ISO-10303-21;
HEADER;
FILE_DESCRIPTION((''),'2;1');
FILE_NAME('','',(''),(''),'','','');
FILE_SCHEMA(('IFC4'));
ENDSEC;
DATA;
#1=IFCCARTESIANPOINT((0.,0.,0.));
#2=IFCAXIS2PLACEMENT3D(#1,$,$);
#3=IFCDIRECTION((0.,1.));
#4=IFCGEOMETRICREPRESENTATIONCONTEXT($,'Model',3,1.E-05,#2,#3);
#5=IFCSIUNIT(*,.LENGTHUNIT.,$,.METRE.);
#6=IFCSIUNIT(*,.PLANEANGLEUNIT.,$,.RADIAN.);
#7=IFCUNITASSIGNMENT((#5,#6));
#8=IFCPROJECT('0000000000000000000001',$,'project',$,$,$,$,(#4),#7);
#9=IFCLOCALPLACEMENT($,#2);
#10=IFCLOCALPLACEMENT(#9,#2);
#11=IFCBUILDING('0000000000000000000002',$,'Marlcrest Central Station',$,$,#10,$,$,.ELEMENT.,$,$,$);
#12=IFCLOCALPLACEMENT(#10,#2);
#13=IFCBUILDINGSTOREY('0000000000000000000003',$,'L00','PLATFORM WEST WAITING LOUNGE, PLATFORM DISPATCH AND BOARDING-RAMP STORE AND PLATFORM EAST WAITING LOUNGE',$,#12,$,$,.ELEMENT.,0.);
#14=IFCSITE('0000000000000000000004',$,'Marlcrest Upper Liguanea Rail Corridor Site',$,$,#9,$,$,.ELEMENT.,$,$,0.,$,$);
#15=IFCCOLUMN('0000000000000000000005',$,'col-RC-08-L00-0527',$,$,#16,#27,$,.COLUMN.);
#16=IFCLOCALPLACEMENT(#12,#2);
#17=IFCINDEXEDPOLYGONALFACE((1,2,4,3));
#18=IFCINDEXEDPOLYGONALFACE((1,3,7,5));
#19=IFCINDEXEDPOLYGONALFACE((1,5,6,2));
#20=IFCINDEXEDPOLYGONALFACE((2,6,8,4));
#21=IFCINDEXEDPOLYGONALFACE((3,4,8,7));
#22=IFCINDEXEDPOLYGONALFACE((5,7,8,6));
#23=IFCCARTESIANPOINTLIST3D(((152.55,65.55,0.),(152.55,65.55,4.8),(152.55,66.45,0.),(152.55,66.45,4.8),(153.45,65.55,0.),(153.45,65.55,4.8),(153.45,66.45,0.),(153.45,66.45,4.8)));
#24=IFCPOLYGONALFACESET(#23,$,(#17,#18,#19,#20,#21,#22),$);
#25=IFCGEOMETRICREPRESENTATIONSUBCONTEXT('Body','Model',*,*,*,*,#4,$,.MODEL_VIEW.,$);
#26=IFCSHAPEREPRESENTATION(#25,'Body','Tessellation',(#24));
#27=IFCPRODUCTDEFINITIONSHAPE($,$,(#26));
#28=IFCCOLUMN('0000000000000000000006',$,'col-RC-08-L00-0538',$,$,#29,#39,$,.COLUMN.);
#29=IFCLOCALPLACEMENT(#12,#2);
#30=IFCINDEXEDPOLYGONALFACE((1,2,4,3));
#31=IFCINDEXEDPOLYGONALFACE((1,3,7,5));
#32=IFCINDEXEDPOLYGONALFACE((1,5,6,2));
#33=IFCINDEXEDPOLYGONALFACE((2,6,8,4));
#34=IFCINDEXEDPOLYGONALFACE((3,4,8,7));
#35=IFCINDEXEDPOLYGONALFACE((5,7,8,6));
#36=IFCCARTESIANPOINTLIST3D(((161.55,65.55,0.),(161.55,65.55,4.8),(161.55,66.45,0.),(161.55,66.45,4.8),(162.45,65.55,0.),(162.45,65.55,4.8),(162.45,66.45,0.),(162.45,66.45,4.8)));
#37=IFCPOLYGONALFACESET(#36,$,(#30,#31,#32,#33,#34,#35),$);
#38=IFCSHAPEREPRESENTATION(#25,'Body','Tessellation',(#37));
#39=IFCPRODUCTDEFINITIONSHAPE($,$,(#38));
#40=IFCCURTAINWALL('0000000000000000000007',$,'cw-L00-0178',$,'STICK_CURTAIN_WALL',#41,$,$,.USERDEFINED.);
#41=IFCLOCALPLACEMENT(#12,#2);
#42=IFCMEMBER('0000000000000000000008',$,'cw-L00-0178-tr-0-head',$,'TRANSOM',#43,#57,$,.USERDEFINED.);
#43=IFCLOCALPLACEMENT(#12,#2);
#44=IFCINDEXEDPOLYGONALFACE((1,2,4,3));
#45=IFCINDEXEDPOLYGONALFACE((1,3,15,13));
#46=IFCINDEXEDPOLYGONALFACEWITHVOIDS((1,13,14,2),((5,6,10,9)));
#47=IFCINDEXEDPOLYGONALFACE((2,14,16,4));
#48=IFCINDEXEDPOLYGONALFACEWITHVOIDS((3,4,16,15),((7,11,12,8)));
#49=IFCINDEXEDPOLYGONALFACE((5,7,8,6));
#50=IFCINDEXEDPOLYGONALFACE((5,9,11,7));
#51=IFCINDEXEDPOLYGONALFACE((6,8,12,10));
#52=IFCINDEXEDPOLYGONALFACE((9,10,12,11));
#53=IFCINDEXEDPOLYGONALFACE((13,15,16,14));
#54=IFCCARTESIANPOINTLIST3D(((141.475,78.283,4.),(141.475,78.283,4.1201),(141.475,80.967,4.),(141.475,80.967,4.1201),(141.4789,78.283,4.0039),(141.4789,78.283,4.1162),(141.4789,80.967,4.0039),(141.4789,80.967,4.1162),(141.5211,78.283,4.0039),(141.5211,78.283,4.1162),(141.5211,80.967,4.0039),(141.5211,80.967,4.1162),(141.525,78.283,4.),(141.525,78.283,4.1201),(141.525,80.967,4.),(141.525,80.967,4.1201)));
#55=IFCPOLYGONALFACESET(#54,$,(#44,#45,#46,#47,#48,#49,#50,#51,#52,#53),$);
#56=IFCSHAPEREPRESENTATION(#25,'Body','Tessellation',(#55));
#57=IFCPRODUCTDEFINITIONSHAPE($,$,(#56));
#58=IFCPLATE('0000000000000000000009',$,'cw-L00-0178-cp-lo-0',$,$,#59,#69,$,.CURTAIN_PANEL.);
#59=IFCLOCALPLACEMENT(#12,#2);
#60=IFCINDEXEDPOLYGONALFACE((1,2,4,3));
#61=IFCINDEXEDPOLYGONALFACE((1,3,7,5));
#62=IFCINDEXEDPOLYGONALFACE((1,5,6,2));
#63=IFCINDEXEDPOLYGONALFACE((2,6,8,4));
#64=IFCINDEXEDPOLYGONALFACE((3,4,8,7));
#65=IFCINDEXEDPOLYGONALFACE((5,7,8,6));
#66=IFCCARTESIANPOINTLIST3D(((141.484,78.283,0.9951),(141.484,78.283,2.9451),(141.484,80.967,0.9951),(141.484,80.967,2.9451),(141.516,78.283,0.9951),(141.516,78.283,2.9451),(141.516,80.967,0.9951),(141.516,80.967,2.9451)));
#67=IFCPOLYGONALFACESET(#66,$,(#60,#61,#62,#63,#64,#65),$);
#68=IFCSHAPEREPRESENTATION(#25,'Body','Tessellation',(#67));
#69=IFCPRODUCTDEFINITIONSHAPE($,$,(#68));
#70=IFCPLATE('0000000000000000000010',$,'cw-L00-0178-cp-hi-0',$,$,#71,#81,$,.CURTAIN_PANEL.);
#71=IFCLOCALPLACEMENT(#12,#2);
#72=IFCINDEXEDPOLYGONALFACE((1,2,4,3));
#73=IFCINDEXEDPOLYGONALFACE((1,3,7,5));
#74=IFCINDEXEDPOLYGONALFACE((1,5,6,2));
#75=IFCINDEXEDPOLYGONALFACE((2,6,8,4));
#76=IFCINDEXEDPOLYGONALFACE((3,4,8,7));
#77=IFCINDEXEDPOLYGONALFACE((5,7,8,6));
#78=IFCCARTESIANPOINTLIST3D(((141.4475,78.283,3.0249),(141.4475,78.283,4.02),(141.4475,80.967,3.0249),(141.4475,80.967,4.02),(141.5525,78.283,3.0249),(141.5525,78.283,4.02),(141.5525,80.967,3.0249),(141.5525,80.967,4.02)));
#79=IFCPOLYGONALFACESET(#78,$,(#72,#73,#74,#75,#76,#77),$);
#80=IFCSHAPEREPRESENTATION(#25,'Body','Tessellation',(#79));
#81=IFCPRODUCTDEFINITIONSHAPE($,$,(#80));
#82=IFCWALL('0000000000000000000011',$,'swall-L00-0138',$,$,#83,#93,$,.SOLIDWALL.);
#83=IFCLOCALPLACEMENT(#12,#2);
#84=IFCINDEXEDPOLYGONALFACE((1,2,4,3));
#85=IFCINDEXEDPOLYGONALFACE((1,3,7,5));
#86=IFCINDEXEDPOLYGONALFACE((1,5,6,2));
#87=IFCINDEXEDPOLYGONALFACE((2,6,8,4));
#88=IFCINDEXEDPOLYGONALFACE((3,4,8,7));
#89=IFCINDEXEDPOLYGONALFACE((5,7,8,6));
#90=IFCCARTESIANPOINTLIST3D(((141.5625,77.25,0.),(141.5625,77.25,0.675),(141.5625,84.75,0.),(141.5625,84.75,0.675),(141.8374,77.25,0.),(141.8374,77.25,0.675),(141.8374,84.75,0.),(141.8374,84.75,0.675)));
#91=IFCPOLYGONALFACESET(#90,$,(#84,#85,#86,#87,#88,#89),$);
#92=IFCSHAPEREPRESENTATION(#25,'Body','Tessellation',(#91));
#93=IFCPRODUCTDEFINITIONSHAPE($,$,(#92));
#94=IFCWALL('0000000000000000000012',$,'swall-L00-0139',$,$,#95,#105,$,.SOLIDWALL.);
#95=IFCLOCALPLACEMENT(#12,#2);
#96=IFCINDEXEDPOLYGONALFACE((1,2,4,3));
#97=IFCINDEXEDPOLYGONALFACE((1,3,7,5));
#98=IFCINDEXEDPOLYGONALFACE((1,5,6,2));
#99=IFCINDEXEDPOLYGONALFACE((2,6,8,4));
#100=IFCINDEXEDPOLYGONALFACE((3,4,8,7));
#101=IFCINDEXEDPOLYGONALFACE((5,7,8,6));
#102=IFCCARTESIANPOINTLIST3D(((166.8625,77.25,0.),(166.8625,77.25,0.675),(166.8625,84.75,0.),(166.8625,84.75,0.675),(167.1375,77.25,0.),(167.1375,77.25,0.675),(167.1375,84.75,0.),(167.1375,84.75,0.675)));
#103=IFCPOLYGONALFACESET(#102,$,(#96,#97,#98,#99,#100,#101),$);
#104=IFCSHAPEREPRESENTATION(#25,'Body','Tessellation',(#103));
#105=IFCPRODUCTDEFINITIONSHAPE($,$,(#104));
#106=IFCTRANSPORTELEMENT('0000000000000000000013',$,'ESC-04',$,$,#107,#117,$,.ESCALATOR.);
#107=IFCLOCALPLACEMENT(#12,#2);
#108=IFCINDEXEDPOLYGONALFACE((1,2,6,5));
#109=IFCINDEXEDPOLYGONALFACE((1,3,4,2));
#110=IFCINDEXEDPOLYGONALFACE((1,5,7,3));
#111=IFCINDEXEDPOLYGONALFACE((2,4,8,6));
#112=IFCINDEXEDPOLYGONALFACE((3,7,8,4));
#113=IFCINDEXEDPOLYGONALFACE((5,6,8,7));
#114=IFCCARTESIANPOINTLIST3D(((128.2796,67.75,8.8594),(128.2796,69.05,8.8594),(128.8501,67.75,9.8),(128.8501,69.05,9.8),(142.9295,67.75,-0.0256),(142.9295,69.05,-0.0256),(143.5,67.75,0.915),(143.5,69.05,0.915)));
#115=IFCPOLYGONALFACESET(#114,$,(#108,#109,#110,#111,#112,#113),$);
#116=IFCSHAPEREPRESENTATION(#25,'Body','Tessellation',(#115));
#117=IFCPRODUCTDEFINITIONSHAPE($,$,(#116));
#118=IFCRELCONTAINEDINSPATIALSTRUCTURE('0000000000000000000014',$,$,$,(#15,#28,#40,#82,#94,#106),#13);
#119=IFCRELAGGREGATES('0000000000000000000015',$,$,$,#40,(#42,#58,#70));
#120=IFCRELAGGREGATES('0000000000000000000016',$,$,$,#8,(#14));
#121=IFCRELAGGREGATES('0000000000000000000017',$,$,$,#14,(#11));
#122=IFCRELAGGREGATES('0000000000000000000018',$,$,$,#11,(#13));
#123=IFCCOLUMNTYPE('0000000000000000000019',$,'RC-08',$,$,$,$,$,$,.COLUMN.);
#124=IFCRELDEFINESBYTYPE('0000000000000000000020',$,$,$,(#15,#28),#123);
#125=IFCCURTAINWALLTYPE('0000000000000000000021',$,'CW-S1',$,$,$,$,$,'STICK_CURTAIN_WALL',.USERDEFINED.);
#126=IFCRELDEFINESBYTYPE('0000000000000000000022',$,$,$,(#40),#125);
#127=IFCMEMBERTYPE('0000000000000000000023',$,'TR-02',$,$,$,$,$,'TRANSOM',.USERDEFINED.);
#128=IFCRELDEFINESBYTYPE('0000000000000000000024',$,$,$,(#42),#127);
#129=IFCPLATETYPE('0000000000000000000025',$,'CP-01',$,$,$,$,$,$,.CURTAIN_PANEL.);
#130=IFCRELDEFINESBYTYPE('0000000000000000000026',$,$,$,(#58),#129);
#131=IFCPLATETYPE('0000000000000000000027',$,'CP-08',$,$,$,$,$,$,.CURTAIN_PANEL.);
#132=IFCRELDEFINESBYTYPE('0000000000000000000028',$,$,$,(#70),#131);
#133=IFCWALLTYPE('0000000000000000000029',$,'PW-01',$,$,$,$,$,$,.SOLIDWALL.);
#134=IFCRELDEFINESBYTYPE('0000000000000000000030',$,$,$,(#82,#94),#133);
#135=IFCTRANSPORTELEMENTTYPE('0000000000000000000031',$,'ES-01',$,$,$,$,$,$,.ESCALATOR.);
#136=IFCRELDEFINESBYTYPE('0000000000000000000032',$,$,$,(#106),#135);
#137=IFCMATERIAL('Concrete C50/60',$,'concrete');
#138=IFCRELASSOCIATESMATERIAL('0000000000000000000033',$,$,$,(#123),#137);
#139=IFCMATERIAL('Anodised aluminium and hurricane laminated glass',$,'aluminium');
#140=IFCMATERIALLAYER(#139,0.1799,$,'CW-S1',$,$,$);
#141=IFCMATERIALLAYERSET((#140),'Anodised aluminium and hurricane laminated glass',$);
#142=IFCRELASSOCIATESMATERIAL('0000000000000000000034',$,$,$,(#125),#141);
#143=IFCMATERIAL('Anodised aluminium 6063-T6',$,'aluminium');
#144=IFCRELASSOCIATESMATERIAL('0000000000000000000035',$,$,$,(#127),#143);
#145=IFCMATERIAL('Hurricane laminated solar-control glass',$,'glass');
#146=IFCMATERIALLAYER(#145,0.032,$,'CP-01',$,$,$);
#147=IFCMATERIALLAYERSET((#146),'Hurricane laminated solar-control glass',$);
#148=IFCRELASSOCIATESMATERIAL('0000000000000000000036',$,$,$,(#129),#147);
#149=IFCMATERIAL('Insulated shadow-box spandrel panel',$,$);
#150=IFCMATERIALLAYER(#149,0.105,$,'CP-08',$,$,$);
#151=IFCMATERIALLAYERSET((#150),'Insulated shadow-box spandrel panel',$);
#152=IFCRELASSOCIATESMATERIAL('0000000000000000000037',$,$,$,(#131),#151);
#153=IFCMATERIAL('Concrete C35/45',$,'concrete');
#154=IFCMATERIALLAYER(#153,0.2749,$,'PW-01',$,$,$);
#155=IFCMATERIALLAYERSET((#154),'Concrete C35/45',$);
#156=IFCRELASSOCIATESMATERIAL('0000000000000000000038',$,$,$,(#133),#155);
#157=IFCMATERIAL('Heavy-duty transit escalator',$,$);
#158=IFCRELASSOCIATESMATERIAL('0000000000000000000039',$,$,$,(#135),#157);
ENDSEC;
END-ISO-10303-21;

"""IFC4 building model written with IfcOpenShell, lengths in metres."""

from ifc_helpers import new_model, si_unit, direction, frame, frame_2d, origin, origin_2d, place, context, subcontext, project, spatial, polyline, rectangle, hollow_rectangle, outline, extrude, material, layer, layer_set, material_profile, profile_set, type_object, element, aggregate, save


model = new_model("IFC4")

# Units and contexts
model_context = context("Model", 3, precision=1e-05, world=origin(), true_north=direction((0.0, 1.0)))
body_context = subcontext(model_context, "Body", "Model", "MODEL_VIEW")
ifc_project = project(units=[si_unit("LENGTHUNIT", "METRE"), si_unit("PLANEANGLEUNIT", "RADIAN")], contexts=[model_context])

# Site, building, storey
site_placement = place(None, origin())
site = spatial("IfcSite", under=ifc_project, at=site_placement, Name="Marlcrest Upper Liguanea Rail Corridor Site", CompositionType="ELEMENT", RefElevation=0.0)
building_placement = place(site_placement, origin())
building = spatial("IfcBuilding", under=site, at=building_placement, Name="Marlcrest Central Station", CompositionType="ELEMENT")
storey_placement = place(building_placement, origin())
storey = spatial("IfcBuildingStorey", under=building, at=storey_placement, Name="L00", Description="PLATFORM WEST WAITING LOUNGE, PLATFORM DISPATCH AND BOARDING-RAMP STORE AND PLATFORM EAST WAITING LOUNGE", CompositionType="ELEMENT", Elevation=0.0)

# Shared definitions
ifc_material_1 = material(Name="Concrete C35/45", Category="concrete")

# Columns
ifc_material_2 = material(Name="Concrete C50/60", Category="concrete")
ifc_material_profile_1 = material_profile(ifc_material_2, rectangle(XDim=0.8999, YDim=0.8999, at=origin_2d()), Name="RC 900x900")
ifc_profile_set_1 = profile_set([ifc_material_profile_1], Name="Concrete C50/60")
column_type = type_object("IfcColumnType", Name="RC-08", PredefinedType="COLUMN", material=ifc_profile_set_1)
for number, where, z_axis, x_axis, name in (
    (1, (153.0, 66.0, 0.0), (0.0, 0.0, 1.0), (1.0, 0.0, 0.0), "col-RC-08-L00-0527"),
    (2, (162.0, 66.0, 0.0), (0.0, 0.0, 1.0), (1.0, 0.0, 0.0), "col-RC-08-L00-0538"),
):
    element("IfcColumn", number, at=place(storey_placement, frame(where, z_axis=z_axis, x_axis=x_axis)), inside=storey, type_object=column_type, Name=name, PredefinedType="COLUMN", context=body_context, shape_type="SweptSolid", body=[
        extrude(rectangle(XDim=0.8999, YDim=0.8999, at=origin_2d()), origin(), (0.0, 0.0, 1.0), 4.8),
    ])

# Curtain wall, member, plates
ifc_material_3 = material(Name="Anodised aluminium and hurricane laminated glass", Category="aluminium")
ifc_layer_1 = layer(ifc_material_3, 0.1799, Name="CW-S1")
ifc_layer_set_1 = layer_set([ifc_layer_1], Name="Anodised aluminium and hurricane laminated glass")
curtain_wall_type = type_object("IfcCurtainWallType", Name="CW-S1", ElementType="STICK_CURTAIN_WALL", PredefinedType="USERDEFINED", material=ifc_layer_set_1)
curtain_wall_placement = place(storey_placement, origin())
curtain_wall = element("IfcCurtainWall", 3, at=curtain_wall_placement, inside=storey, type_object=curtain_wall_type, Name="cw-L00-0178", ObjectType="STICK_CURTAIN_WALL", PredefinedType="USERDEFINED")
ifc_material_4 = material(Name="Anodised aluminium 6063-T6", Category="aluminium")
ifc_material_profile_2 = material_profile(ifc_material_4, hollow_rectangle(XDim=0.05, YDim=0.1201, WallThickness=0.0039, at=origin_2d()), Name="AA-RHS 120x50x4")
ifc_profile_set_2 = profile_set([ifc_material_profile_2], Name="Anodised aluminium 6063-T6")
member_type = type_object("IfcMemberType", Name="TR-02", ElementType="TRANSOM", PredefinedType="USERDEFINED", material=ifc_profile_set_2)
member_placement = place(storey_placement, frame((141.5, 78.283, 4.0601), z_axis=(0.0, 1.0, 0.0), x_axis=(-1.0, 0.0, 0.0)))
member = element("IfcMember", 4, at=member_placement, type_object=member_type, Name="cw-L00-0178-tr-0-head", ObjectType="TRANSOM", PredefinedType="USERDEFINED", context=body_context, shape_type="SweptSolid", body=[
    extrude(hollow_rectangle(XDim=0.05, YDim=0.1201, WallThickness=0.0039, at=origin_2d()), origin(), (0.0, 0.0, 1.0), 2.6841),
])
ifc_material_5 = material(Name="Hurricane laminated solar-control glass", Category="glass")
ifc_layer_2 = layer(ifc_material_5, 0.032, Name="CP-01")
ifc_layer_set_2 = layer_set([ifc_layer_2], Name="Hurricane laminated solar-control glass")
plate_type_1 = type_object("IfcPlateType", Name="CP-01", PredefinedType="CURTAIN_PANEL", material=ifc_layer_set_2)
plate_1_placement = place(storey_placement, frame((141.5, 79.625, 0.9951), z_axis=(0.0, 0.0, 1.0), x_axis=(0.0, 1.0, 0.0)))
plate_1 = element("IfcPlate", 5, at=plate_1_placement, type_object=plate_type_1, Name="cw-L00-0178-cp-lo-0", PredefinedType="CURTAIN_PANEL", context=body_context, shape_type="SweptSolid", body=[
    extrude(rectangle(XDim=2.6841, YDim=0.032, at=origin_2d()), origin(), (0.0, 0.0, 1.0), 1.95),
])
ifc_material_6 = material(Name="Insulated shadow-box spandrel panel")
ifc_layer_3 = layer(ifc_material_6, 0.105, Name="CP-08")
ifc_layer_set_3 = layer_set([ifc_layer_3], Name="Insulated shadow-box spandrel panel")
plate_type_2 = type_object("IfcPlateType", Name="CP-08", PredefinedType="CURTAIN_PANEL", material=ifc_layer_set_3)
plate_2_placement = place(storey_placement, frame((141.5, 79.625, 3.0249), z_axis=(0.0, 0.0, 1.0), x_axis=(0.0, 1.0, 0.0)))
plate_2 = element("IfcPlate", 6, at=plate_2_placement, type_object=plate_type_2, Name="cw-L00-0178-cp-hi-0", PredefinedType="CURTAIN_PANEL", context=body_context, shape_type="SweptSolid", body=[
    extrude(rectangle(XDim=2.6841, YDim=0.105, at=origin_2d()), origin(), (0.0, 0.0, 1.0), 0.9951),
])
aggregate(curtain_wall, [member, plate_1, plate_2])

# Walls
ifc_layer_4 = layer(ifc_material_1, 0.2749, Name="PW-01")
ifc_layer_set_4 = layer_set([ifc_layer_4], Name="Concrete C35/45")
wall_type = type_object("IfcWallType", Name="PW-01", PredefinedType="SOLIDWALL", material=ifc_layer_set_4)
for number, where, z_axis, x_axis, name in (
    (7, (141.7, 77.25, 0.0), (0.0, 0.0, 1.0), (0.0, 1.0, 0.0), "swall-L00-0138"),
    (8, (167.0, 77.25, 0.0), (0.0, 0.0, 1.0), (0.0, 1.0, 0.0), "swall-L00-0139"),
):
    element("IfcWall", number, at=place(storey_placement, frame(where, z_axis=z_axis, x_axis=x_axis)), inside=storey, type_object=wall_type, Name=name, PredefinedType="SOLIDWALL", context=body_context, shape_type="SweptSolid", body=[
        extrude(rectangle(XDim=7.5, YDim=0.2749, at=frame_2d((3.75, 0.0))), origin(), (0.0, 0.0, 1.0), 0.675),
    ])

# Transport element
ifc_material_7 = material(Name="Heavy-duty transit escalator")
transport_element_type = type_object("IfcTransportElementType", Name="ES-01", PredefinedType="ESCALATOR", material=ifc_material_7)
transport_element_placement = place(storey_placement, frame((143.5, 67.75, 0.915), z_axis=(0.51857, 0.0, 0.855035), x_axis=(-0.855035, 0.0, 0.51857)))
element("IfcTransportElement", 9, at=transport_element_placement, inside=storey, type_object=transport_element_type, Name="ESC-04", PredefinedType="ESCALATOR", context=body_context, shape_type="SweptSolid", body=[
    extrude(outline(polyline([(0.0, 0.0), (17.1337, 0.0), (17.1337, -1.3), (0.0, -1.3), (0.0, 0.0)])), origin(), (0.0, 0.0, -1.0), 1.1001),
])

save(model, "model.ifc")
